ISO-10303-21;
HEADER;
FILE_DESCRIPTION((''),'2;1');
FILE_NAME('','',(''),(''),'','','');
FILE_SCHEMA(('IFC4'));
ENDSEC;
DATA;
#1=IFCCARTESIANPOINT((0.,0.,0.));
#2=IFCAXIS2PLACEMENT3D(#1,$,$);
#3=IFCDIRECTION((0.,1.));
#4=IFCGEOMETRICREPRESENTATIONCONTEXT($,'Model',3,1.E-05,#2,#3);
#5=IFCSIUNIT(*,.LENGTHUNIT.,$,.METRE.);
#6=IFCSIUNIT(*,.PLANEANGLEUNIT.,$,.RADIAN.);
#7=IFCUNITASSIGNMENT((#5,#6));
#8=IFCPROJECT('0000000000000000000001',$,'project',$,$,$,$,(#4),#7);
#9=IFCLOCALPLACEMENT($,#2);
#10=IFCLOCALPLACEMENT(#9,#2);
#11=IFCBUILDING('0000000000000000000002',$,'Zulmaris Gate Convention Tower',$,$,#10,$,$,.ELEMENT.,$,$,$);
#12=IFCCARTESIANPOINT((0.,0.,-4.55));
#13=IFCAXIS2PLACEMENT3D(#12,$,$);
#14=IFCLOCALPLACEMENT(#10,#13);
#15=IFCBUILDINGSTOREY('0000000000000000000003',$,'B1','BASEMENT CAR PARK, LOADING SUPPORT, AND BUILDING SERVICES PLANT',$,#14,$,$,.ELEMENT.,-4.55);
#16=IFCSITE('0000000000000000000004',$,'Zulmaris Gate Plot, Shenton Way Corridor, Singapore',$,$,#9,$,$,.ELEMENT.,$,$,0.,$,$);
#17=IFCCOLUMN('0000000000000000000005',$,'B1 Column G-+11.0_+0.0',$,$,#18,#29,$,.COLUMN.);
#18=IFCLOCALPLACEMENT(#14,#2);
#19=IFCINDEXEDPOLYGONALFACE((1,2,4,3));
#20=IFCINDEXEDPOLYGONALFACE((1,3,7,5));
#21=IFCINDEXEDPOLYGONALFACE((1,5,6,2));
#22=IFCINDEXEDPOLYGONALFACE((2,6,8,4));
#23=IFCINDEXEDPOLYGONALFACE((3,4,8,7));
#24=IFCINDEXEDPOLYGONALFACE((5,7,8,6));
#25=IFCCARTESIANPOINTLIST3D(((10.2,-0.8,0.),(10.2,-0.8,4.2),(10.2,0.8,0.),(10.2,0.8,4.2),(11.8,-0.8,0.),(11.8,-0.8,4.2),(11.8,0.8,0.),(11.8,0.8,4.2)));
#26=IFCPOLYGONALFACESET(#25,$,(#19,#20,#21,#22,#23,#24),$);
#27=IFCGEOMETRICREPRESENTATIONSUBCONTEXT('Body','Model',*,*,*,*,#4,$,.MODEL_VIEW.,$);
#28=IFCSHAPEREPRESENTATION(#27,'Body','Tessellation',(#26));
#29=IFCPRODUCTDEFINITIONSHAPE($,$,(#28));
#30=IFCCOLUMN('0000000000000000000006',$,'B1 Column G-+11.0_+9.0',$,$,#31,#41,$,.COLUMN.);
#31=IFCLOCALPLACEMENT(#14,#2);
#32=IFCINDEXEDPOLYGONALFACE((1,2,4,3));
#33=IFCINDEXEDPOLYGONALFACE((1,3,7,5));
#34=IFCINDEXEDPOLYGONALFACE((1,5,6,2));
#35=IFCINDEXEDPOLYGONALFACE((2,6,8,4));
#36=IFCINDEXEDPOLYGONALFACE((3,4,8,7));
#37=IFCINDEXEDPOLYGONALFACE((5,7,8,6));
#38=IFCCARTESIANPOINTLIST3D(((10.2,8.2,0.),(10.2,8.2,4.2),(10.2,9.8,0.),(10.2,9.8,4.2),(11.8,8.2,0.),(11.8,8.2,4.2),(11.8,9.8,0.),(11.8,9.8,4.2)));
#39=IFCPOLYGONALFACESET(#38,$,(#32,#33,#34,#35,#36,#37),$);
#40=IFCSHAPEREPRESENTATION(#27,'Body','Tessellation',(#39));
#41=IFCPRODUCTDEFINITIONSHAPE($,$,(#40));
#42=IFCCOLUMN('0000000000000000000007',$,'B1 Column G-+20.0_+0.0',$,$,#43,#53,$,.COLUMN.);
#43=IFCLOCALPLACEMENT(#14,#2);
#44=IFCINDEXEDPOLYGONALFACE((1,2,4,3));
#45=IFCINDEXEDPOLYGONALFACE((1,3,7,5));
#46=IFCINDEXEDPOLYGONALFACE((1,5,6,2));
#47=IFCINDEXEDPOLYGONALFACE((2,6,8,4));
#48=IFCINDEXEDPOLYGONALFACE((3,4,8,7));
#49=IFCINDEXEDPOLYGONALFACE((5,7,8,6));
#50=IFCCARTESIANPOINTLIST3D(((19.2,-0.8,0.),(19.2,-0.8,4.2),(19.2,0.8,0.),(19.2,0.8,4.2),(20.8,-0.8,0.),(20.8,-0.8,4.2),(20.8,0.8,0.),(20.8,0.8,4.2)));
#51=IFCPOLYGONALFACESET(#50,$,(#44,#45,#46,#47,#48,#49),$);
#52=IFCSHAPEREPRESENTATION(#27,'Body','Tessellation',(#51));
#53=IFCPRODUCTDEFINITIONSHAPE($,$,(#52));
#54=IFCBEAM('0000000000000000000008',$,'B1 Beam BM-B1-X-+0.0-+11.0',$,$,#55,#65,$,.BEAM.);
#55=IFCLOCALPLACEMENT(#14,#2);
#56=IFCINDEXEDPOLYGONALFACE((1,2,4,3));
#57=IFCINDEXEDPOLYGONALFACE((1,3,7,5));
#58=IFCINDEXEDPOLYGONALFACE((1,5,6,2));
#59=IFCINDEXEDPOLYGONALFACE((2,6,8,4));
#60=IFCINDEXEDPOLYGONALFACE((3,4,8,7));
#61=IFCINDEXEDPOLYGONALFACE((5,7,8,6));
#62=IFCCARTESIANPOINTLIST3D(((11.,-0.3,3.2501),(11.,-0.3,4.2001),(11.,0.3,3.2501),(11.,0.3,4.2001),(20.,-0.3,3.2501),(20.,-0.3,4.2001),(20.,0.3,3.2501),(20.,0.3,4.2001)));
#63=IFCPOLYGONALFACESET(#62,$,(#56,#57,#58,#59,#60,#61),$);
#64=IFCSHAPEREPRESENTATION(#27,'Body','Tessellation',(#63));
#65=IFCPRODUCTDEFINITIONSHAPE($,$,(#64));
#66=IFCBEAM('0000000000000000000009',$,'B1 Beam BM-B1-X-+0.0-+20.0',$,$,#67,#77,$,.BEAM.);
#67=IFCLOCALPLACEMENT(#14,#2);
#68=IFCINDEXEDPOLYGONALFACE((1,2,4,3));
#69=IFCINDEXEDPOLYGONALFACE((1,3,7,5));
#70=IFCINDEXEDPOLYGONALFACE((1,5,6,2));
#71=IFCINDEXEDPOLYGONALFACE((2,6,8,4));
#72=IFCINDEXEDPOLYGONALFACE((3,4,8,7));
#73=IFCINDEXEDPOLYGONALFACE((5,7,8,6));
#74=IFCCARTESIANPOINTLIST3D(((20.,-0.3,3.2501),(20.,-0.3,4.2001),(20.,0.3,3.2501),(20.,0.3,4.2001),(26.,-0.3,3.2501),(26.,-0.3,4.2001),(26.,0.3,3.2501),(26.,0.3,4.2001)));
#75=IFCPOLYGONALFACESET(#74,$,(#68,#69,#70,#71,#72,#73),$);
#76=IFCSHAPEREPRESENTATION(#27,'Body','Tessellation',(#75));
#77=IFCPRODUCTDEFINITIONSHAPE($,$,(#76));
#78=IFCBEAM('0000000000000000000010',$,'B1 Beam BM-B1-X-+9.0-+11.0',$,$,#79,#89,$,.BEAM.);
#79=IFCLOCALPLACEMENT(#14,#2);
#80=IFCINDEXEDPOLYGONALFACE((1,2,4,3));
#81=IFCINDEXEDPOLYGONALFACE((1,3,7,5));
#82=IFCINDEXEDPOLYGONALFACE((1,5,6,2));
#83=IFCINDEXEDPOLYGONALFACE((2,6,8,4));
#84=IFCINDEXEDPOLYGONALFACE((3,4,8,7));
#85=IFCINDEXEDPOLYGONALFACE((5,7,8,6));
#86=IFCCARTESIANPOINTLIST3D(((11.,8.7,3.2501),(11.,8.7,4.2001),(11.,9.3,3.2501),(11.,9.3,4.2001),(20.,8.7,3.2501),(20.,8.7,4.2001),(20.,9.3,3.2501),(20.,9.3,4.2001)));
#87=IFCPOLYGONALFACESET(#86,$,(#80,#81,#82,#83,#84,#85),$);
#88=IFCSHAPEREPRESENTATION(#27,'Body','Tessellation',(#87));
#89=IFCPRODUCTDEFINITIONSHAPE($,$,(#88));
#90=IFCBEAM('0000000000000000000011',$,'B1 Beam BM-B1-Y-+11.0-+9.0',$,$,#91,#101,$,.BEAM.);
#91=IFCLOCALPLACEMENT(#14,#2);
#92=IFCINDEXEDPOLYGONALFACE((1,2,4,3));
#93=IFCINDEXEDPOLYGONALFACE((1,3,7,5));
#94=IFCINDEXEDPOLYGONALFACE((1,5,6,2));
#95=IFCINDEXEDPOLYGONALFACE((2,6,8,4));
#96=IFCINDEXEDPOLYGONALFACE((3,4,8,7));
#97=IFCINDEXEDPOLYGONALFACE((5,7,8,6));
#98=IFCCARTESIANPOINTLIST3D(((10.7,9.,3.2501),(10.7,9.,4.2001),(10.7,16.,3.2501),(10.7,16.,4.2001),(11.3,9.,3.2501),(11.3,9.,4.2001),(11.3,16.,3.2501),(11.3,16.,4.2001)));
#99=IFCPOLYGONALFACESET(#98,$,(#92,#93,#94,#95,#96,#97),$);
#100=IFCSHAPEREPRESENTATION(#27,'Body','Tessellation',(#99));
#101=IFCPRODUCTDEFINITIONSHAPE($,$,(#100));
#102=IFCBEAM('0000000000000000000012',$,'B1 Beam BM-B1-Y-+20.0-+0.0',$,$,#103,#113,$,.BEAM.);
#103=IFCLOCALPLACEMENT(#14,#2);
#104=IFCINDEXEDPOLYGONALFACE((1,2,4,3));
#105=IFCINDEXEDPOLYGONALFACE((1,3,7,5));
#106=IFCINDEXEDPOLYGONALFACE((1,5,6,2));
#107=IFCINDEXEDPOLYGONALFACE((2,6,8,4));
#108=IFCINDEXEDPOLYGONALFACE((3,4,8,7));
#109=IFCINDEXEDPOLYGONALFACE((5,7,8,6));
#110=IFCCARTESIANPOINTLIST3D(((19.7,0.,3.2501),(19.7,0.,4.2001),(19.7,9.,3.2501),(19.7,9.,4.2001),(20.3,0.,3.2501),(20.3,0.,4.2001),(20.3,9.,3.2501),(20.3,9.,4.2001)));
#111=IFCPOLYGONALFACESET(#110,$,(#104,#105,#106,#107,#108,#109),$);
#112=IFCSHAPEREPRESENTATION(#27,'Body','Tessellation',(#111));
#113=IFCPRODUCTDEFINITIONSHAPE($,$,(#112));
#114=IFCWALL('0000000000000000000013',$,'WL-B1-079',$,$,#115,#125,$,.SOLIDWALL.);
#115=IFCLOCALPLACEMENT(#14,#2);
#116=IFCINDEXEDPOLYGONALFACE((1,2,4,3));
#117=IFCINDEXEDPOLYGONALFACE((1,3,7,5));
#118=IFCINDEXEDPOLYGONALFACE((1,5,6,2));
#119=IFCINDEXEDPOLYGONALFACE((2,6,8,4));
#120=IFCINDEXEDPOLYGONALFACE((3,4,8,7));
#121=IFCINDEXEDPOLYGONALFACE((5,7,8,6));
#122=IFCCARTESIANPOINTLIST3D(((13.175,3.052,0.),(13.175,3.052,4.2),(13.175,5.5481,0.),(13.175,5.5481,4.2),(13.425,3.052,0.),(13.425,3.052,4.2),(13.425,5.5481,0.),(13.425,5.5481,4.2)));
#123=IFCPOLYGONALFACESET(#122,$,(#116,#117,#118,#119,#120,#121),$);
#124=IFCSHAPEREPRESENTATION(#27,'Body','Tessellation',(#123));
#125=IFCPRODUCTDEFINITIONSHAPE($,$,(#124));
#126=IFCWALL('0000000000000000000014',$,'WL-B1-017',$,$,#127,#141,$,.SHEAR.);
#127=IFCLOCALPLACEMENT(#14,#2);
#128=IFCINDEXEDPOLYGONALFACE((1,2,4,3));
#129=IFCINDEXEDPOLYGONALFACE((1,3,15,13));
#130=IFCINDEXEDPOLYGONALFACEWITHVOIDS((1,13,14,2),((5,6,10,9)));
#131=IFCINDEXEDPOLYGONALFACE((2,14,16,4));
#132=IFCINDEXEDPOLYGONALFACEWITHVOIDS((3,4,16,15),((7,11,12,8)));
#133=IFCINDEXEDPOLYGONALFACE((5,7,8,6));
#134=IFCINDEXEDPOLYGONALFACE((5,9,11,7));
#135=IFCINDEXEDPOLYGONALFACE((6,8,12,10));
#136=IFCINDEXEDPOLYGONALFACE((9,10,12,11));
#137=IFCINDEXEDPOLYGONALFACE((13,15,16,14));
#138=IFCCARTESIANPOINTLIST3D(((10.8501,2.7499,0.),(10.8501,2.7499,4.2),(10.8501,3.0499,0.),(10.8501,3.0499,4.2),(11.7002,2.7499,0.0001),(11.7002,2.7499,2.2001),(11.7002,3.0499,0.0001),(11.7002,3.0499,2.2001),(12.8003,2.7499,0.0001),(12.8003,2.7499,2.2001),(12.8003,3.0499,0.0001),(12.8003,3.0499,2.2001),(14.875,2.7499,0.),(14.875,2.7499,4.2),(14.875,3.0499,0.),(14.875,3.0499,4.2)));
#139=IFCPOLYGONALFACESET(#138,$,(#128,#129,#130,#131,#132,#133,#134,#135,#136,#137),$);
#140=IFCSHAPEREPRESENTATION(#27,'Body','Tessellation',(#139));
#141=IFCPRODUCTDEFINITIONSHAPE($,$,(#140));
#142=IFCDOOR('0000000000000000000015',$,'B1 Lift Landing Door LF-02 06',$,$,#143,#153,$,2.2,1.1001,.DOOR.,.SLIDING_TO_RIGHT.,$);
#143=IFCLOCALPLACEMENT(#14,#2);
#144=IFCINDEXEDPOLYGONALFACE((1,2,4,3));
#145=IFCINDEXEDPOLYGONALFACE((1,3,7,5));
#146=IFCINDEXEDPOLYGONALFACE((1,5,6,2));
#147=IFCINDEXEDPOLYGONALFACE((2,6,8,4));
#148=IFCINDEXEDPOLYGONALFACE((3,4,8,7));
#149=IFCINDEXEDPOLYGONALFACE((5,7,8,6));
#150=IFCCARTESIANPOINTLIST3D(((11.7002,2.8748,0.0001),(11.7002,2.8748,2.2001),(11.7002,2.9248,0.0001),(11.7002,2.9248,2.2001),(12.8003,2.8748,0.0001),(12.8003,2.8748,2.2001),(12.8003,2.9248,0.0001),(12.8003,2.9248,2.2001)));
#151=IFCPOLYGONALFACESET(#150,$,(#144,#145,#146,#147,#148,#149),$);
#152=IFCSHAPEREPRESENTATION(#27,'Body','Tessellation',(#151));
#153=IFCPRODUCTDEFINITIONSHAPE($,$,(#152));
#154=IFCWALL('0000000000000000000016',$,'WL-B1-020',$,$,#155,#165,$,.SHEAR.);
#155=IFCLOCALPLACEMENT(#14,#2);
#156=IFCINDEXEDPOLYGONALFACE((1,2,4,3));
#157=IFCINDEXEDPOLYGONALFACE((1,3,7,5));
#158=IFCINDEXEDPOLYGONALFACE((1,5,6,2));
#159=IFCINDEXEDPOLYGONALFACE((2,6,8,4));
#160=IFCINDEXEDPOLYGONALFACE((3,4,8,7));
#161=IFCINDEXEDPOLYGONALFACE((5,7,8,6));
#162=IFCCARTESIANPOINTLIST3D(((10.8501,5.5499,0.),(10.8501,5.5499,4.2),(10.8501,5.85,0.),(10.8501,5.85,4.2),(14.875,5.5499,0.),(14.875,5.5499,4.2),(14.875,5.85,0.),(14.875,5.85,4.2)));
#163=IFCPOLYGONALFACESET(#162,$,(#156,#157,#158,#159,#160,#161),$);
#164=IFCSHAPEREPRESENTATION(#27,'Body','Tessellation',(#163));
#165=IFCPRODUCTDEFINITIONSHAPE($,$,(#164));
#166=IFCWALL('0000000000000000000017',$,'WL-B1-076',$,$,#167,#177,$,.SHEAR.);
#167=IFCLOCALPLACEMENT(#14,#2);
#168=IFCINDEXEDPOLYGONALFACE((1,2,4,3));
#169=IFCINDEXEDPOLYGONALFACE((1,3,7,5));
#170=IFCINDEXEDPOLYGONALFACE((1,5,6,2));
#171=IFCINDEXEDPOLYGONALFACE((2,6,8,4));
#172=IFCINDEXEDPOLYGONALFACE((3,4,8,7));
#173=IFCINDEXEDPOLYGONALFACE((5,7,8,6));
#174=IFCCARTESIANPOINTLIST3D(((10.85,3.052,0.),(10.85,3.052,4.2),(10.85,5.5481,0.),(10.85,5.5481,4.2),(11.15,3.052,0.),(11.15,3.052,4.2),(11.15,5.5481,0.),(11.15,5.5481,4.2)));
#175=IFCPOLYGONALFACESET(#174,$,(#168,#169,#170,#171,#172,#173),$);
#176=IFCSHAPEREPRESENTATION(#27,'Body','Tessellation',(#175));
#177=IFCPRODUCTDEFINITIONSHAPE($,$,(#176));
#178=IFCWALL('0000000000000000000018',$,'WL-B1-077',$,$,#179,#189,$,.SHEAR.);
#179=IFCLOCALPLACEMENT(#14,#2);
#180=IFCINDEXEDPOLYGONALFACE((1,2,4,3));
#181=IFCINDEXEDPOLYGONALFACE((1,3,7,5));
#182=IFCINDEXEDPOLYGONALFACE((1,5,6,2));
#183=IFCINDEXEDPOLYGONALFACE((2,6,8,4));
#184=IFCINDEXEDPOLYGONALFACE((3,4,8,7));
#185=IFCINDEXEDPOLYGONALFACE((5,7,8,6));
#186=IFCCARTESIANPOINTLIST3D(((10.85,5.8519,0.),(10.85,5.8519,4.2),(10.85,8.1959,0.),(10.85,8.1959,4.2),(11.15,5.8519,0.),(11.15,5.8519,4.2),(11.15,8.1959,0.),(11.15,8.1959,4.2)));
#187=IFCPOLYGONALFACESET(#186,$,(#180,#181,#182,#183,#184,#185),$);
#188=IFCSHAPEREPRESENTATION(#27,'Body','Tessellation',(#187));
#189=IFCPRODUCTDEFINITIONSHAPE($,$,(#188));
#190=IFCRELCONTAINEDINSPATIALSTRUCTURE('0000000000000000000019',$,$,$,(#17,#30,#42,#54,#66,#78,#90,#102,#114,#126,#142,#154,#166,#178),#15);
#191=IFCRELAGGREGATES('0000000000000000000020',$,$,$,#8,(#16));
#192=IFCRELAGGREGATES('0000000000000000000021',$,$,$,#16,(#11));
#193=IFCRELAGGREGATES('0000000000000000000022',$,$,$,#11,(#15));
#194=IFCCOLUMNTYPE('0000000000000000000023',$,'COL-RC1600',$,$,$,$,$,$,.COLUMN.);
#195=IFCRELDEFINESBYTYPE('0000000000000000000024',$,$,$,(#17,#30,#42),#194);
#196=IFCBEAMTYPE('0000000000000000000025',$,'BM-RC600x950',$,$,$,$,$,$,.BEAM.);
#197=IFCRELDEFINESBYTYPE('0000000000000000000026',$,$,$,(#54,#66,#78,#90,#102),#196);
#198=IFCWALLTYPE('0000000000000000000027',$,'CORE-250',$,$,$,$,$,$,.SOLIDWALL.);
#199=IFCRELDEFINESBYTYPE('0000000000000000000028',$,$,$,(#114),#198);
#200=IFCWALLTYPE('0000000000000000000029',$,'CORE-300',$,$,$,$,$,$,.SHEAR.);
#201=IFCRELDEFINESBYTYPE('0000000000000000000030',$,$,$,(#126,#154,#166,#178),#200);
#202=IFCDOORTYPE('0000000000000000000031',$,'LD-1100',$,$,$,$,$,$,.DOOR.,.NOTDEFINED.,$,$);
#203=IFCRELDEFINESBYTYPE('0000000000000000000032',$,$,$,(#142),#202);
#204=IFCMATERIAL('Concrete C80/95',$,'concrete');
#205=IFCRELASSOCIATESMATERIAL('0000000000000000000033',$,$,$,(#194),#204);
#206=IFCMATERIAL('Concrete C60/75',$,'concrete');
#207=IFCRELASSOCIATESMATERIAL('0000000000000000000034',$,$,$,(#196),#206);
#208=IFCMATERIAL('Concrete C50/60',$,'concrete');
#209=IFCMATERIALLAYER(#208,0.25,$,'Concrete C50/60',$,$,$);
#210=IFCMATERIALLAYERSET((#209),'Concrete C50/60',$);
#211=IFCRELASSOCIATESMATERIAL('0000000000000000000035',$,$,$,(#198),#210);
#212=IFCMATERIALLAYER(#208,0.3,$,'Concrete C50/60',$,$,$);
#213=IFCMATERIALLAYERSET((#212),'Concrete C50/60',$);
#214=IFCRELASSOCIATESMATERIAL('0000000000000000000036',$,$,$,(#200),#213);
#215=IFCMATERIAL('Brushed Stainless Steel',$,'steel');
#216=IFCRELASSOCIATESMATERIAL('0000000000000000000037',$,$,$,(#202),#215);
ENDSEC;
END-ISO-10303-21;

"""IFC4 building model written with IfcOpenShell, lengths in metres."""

from ifc_helpers import new_model, si_unit, direction, frame, frame_2d, origin, origin_2d, place, context, subcontext, project, spatial, rectangle, extrude, material, layer, layer_set, material_profile, profile_set, type_object, element, fill, save


model = new_model("IFC4")

# Units and contexts
model_context = context("Model", 3, precision=1e-05, world=origin(), true_north=direction((0.0, 1.0)))
body_context = subcontext(model_context, "Body", "Model", "MODEL_VIEW")
ifc_project = project(units=[si_unit("LENGTHUNIT", "METRE"), si_unit("PLANEANGLEUNIT", "RADIAN")], contexts=[model_context])

# Site, building, storey
site_placement = place(None, origin())
site = spatial("IfcSite", under=ifc_project, at=site_placement, Name="Zulmaris Gate Plot, Shenton Way Corridor, Singapore", CompositionType="ELEMENT", RefElevation=0.0)
building_placement = place(site_placement, origin())
building = spatial("IfcBuilding", under=site, at=building_placement, Name="Zulmaris Gate Convention Tower", CompositionType="ELEMENT")
storey_placement = place(building_placement, frame((0.0, 0.0, -4.55)))
storey = spatial("IfcBuildingStorey", under=building, at=storey_placement, Name="B1", Description="BASEMENT CAR PARK, LOADING SUPPORT, AND BUILDING SERVICES PLANT", CompositionType="ELEMENT", Elevation=-4.55)

# Columns
ifc_material_1 = material(Name="Concrete C80/95", Category="concrete")
ifc_material_profile_1 = material_profile(ifc_material_1, rectangle(XDim=1.6001, YDim=1.6001, at=origin_2d()), Name="RC COL 1600x1600")
ifc_profile_set_1 = profile_set([ifc_material_profile_1], Name="Concrete C80/95")
column_type = type_object("IfcColumnType", Name="COL-RC1600", PredefinedType="COLUMN", material=ifc_profile_set_1)
for number, where, z_axis, x_axis, name in (
    (1, (11.0, 0.0, 0.0), (0.0, 0.0, 1.0), (1.0, 0.0, 0.0), "B1 Column G-+11.0_+0.0"),
    (2, (11.0, 9.0, 0.0), (0.0, 0.0, 1.0), (1.0, 0.0, 0.0), "B1 Column G-+11.0_+9.0"),
    (3, (20.0, 0.0, 0.0), (0.0, 0.0, 1.0), (1.0, 0.0, 0.0), "B1 Column G-+20.0_+0.0"),
):
    element("IfcColumn", number, at=place(storey_placement, frame(where, z_axis=z_axis, x_axis=x_axis)), inside=storey, type_object=column_type, Name=name, PredefinedType="COLUMN", context=body_context, shape_type="SweptSolid", body=[
        extrude(rectangle(XDim=1.6001, YDim=1.6001, at=origin_2d()), origin(), (0.0, 0.0, 1.0), 4.2),
    ])

# Beams
ifc_material_2 = material(Name="Concrete C60/75", Category="concrete")
ifc_material_profile_2 = material_profile(ifc_material_2, rectangle(XDim=0.6001, YDim=0.95, at=origin_2d()), Name="RC BEAM 600x950")
ifc_profile_set_2 = profile_set([ifc_material_profile_2], Name="Concrete C60/75")
beam_type = type_object("IfcBeamType", Name="BM-RC600x950", PredefinedType="BEAM", material=ifc_profile_set_2)
beam_1_placement = place(storey_placement, frame((11.0, 0.0, 3.7251), z_axis=(1.0, 0.0, 0.0), x_axis=(0.0, 1.0, 0.0)))
element("IfcBeam", 4, at=beam_1_placement, inside=storey, type_object=beam_type, Name="B1 Beam BM-B1-X-+0.0-+11.0", PredefinedType="BEAM", context=body_context, shape_type="SweptSolid", body=[
    extrude(rectangle(XDim=0.6001, YDim=0.95, at=origin_2d()), origin(), (0.0, 0.0, 1.0), 9.0),
])
beam_2_placement = place(storey_placement, frame((20.0, 0.0, 3.7251), z_axis=(1.0, 0.0, 0.0), x_axis=(0.0, 1.0, 0.0)))
element("IfcBeam", 5, at=beam_2_placement, inside=storey, type_object=beam_type, Name="B1 Beam BM-B1-X-+0.0-+20.0", PredefinedType="BEAM", context=body_context, shape_type="SweptSolid", body=[
    extrude(rectangle(XDim=0.6001, YDim=0.95, at=origin_2d()), origin(), (0.0, 0.0, 1.0), 6.0),
])
beam_3_placement = place(storey_placement, frame((11.0, 9.0, 3.7251), z_axis=(1.0, 0.0, 0.0), x_axis=(0.0, 1.0, 0.0)))
element("IfcBeam", 6, at=beam_3_placement, inside=storey, type_object=beam_type, Name="B1 Beam BM-B1-X-+9.0-+11.0", PredefinedType="BEAM", context=body_context, shape_type="SweptSolid", body=[
    extrude(rectangle(XDim=0.6001, YDim=0.95, at=origin_2d()), origin(), (0.0, 0.0, 1.0), 9.0),
])
beam_4_placement = place(storey_placement, frame((11.0, 9.0, 3.7251), z_axis=(0.0, 1.0, 0.0), x_axis=(-1.0, 0.0, 0.0)))
element("IfcBeam", 7, at=beam_4_placement, inside=storey, type_object=beam_type, Name="B1 Beam BM-B1-Y-+11.0-+9.0", PredefinedType="BEAM", context=body_context, shape_type="SweptSolid", body=[
    extrude(rectangle(XDim=0.6001, YDim=0.95, at=origin_2d()), origin(), (0.0, 0.0, 1.0), 7.0),
])
beam_5_placement = place(storey_placement, frame((20.0, 0.0, 3.7251), z_axis=(0.0, 1.0, 0.0), x_axis=(-1.0, 0.0, 0.0)))
element("IfcBeam", 8, at=beam_5_placement, inside=storey, type_object=beam_type, Name="B1 Beam BM-B1-Y-+20.0-+0.0", PredefinedType="BEAM", context=body_context, shape_type="SweptSolid", body=[
    extrude(rectangle(XDim=0.6001, YDim=0.95, at=origin_2d()), origin(), (0.0, 0.0, 1.0), 9.0),
])

# Wall
ifc_material_3 = material(Name="Concrete C50/60", Category="concrete")
ifc_layer_1 = layer(ifc_material_3, 0.25, Name="Concrete C50/60")
ifc_layer_set_1 = layer_set([ifc_layer_1], Name="Concrete C50/60")
wall_type_1 = type_object("IfcWallType", Name="CORE-250", PredefinedType="SOLIDWALL", material=ifc_layer_set_1)
wall_1_placement = place(storey_placement, frame((13.3, 3.052, 0.0), z_axis=(0.0, 0.0, 1.0), x_axis=(0.0, 1.0, 0.0)))
element("IfcWall", 9, at=wall_1_placement, inside=storey, type_object=wall_type_1, Name="WL-B1-079", PredefinedType="SOLIDWALL", context=body_context, shape_type="SweptSolid", body=[
    extrude(rectangle(XDim=2.4961, YDim=0.25, at=frame_2d((1.248, 0.0))), origin(), (0.0, 0.0, 1.0), 4.2),
])

# Wall, opening, door
ifc_layer_2 = layer(ifc_material_3, 0.3, Name="Concrete C50/60")
ifc_layer_set_2 = layer_set([ifc_layer_2], Name="Concrete C50/60")
wall_type_2 = type_object("IfcWallType", Name="CORE-300", PredefinedType="SHEAR", material=ifc_layer_set_2)
wall_2_placement = place(storey_placement, frame((10.8501, 2.8999, 0.0), z_axis=(0.0, 0.0, 1.0), x_axis=(1.0, 0.0, 0.0)))
wall_2 = element("IfcWall", 10, at=wall_2_placement, inside=storey, type_object=wall_type_2, Name="WL-B1-017", PredefinedType="SHEAR", context=body_context, shape_type="SweptSolid", body=[
    extrude(rectangle(XDim=4.0249, YDim=0.3, at=frame_2d((2.0125, 0.0))), origin(), (0.0, 0.0, 1.0), 4.2),
])
opening_1_placement = place(wall_2_placement, frame((0.8501, 0.0, 0.0)))
opening_1 = element("IfcOpeningElement", 11, at=opening_1_placement, cuts=wall_2, PredefinedType="OPENING", context=body_context, shape_type="SweptSolid", body=[
    extrude(rectangle(XDim=1.1001, YDim=2.2, at=frame_2d((0.55, 1.1001))), frame((0.0, 0.1602, 0.0), z_axis=(0.0, -1.0, 0.0), x_axis=(1.0, 0.0, 0.0)), (0.0, 0.0, 1.0), 0.3201),
])
ifc_material_4 = material(Name="Brushed Stainless Steel", Category="steel")
door_type_1 = type_object("IfcDoorType", Name="LD-1100", OperationType="NOTDEFINED", PredefinedType="DOOR", material=ifc_material_4)
door_1_placement = place(opening_1_placement, origin())
door_1 = element("IfcDoor", 12, at=door_1_placement, inside=storey, type_object=door_type_1, Name="B1 Lift Landing Door LF-02 06", OperationType="SLIDING_TO_RIGHT", OverallHeight=2.2, OverallWidth=1.1001, PredefinedType="DOOR", context=body_context, shape_type="SweptSolid", body=[
    extrude(rectangle(XDim=1.1001, YDim=2.2, at=frame_2d((0.55, 1.1001))), frame((0.0, 0.0249, 0.0), z_axis=(0.0, -1.0, 0.0), x_axis=(1.0, 0.0, 0.0)), (0.0, 0.0, 1.0), 0.05),
])
fill(opening_1, door_1)

# Wall
wall_3_placement = place(storey_placement, frame((10.8501, 5.7, 0.0), z_axis=(0.0, 0.0, 1.0), x_axis=(1.0, 0.0, 0.0)))
element("IfcWall", 13, at=wall_3_placement, inside=storey, type_object=wall_type_2, Name="WL-B1-020", PredefinedType="SHEAR", context=body_context, shape_type="SweptSolid", body=[
    extrude(rectangle(XDim=4.0249, YDim=0.3, at=frame_2d((2.0125, 0.0))), origin(), (0.0, 0.0, 1.0), 4.2),
])

# Walls
wall_4_placement = place(storey_placement, frame((11.0, 3.052, 0.0), z_axis=(0.0, 0.0, 1.0), x_axis=(0.0, 1.0, 0.0)))
element("IfcWall", 14, at=wall_4_placement, inside=storey, type_object=wall_type_2, Name="WL-B1-076", PredefinedType="SHEAR", context=body_context, shape_type="SweptSolid", body=[
    extrude(rectangle(XDim=2.4961, YDim=0.3, at=frame_2d((1.248, 0.0))), origin(), (0.0, 0.0, 1.0), 4.2),
])
wall_5_placement = place(storey_placement, frame((11.0, 5.8521, 0.0), z_axis=(0.0, 0.0, 1.0), x_axis=(0.0, 1.0, 0.0)))
element("IfcWall", 15, at=wall_5_placement, inside=storey, type_object=wall_type_2, Name="WL-B1-077", PredefinedType="SHEAR", context=body_context, shape_type="SweptSolid", body=[
    extrude(rectangle(XDim=2.344, YDim=0.3, at=frame_2d((1.1719, 0.0))), origin(), (0.0, 0.0, 1.0), 4.2),
])

save(model, "model.ifc")
